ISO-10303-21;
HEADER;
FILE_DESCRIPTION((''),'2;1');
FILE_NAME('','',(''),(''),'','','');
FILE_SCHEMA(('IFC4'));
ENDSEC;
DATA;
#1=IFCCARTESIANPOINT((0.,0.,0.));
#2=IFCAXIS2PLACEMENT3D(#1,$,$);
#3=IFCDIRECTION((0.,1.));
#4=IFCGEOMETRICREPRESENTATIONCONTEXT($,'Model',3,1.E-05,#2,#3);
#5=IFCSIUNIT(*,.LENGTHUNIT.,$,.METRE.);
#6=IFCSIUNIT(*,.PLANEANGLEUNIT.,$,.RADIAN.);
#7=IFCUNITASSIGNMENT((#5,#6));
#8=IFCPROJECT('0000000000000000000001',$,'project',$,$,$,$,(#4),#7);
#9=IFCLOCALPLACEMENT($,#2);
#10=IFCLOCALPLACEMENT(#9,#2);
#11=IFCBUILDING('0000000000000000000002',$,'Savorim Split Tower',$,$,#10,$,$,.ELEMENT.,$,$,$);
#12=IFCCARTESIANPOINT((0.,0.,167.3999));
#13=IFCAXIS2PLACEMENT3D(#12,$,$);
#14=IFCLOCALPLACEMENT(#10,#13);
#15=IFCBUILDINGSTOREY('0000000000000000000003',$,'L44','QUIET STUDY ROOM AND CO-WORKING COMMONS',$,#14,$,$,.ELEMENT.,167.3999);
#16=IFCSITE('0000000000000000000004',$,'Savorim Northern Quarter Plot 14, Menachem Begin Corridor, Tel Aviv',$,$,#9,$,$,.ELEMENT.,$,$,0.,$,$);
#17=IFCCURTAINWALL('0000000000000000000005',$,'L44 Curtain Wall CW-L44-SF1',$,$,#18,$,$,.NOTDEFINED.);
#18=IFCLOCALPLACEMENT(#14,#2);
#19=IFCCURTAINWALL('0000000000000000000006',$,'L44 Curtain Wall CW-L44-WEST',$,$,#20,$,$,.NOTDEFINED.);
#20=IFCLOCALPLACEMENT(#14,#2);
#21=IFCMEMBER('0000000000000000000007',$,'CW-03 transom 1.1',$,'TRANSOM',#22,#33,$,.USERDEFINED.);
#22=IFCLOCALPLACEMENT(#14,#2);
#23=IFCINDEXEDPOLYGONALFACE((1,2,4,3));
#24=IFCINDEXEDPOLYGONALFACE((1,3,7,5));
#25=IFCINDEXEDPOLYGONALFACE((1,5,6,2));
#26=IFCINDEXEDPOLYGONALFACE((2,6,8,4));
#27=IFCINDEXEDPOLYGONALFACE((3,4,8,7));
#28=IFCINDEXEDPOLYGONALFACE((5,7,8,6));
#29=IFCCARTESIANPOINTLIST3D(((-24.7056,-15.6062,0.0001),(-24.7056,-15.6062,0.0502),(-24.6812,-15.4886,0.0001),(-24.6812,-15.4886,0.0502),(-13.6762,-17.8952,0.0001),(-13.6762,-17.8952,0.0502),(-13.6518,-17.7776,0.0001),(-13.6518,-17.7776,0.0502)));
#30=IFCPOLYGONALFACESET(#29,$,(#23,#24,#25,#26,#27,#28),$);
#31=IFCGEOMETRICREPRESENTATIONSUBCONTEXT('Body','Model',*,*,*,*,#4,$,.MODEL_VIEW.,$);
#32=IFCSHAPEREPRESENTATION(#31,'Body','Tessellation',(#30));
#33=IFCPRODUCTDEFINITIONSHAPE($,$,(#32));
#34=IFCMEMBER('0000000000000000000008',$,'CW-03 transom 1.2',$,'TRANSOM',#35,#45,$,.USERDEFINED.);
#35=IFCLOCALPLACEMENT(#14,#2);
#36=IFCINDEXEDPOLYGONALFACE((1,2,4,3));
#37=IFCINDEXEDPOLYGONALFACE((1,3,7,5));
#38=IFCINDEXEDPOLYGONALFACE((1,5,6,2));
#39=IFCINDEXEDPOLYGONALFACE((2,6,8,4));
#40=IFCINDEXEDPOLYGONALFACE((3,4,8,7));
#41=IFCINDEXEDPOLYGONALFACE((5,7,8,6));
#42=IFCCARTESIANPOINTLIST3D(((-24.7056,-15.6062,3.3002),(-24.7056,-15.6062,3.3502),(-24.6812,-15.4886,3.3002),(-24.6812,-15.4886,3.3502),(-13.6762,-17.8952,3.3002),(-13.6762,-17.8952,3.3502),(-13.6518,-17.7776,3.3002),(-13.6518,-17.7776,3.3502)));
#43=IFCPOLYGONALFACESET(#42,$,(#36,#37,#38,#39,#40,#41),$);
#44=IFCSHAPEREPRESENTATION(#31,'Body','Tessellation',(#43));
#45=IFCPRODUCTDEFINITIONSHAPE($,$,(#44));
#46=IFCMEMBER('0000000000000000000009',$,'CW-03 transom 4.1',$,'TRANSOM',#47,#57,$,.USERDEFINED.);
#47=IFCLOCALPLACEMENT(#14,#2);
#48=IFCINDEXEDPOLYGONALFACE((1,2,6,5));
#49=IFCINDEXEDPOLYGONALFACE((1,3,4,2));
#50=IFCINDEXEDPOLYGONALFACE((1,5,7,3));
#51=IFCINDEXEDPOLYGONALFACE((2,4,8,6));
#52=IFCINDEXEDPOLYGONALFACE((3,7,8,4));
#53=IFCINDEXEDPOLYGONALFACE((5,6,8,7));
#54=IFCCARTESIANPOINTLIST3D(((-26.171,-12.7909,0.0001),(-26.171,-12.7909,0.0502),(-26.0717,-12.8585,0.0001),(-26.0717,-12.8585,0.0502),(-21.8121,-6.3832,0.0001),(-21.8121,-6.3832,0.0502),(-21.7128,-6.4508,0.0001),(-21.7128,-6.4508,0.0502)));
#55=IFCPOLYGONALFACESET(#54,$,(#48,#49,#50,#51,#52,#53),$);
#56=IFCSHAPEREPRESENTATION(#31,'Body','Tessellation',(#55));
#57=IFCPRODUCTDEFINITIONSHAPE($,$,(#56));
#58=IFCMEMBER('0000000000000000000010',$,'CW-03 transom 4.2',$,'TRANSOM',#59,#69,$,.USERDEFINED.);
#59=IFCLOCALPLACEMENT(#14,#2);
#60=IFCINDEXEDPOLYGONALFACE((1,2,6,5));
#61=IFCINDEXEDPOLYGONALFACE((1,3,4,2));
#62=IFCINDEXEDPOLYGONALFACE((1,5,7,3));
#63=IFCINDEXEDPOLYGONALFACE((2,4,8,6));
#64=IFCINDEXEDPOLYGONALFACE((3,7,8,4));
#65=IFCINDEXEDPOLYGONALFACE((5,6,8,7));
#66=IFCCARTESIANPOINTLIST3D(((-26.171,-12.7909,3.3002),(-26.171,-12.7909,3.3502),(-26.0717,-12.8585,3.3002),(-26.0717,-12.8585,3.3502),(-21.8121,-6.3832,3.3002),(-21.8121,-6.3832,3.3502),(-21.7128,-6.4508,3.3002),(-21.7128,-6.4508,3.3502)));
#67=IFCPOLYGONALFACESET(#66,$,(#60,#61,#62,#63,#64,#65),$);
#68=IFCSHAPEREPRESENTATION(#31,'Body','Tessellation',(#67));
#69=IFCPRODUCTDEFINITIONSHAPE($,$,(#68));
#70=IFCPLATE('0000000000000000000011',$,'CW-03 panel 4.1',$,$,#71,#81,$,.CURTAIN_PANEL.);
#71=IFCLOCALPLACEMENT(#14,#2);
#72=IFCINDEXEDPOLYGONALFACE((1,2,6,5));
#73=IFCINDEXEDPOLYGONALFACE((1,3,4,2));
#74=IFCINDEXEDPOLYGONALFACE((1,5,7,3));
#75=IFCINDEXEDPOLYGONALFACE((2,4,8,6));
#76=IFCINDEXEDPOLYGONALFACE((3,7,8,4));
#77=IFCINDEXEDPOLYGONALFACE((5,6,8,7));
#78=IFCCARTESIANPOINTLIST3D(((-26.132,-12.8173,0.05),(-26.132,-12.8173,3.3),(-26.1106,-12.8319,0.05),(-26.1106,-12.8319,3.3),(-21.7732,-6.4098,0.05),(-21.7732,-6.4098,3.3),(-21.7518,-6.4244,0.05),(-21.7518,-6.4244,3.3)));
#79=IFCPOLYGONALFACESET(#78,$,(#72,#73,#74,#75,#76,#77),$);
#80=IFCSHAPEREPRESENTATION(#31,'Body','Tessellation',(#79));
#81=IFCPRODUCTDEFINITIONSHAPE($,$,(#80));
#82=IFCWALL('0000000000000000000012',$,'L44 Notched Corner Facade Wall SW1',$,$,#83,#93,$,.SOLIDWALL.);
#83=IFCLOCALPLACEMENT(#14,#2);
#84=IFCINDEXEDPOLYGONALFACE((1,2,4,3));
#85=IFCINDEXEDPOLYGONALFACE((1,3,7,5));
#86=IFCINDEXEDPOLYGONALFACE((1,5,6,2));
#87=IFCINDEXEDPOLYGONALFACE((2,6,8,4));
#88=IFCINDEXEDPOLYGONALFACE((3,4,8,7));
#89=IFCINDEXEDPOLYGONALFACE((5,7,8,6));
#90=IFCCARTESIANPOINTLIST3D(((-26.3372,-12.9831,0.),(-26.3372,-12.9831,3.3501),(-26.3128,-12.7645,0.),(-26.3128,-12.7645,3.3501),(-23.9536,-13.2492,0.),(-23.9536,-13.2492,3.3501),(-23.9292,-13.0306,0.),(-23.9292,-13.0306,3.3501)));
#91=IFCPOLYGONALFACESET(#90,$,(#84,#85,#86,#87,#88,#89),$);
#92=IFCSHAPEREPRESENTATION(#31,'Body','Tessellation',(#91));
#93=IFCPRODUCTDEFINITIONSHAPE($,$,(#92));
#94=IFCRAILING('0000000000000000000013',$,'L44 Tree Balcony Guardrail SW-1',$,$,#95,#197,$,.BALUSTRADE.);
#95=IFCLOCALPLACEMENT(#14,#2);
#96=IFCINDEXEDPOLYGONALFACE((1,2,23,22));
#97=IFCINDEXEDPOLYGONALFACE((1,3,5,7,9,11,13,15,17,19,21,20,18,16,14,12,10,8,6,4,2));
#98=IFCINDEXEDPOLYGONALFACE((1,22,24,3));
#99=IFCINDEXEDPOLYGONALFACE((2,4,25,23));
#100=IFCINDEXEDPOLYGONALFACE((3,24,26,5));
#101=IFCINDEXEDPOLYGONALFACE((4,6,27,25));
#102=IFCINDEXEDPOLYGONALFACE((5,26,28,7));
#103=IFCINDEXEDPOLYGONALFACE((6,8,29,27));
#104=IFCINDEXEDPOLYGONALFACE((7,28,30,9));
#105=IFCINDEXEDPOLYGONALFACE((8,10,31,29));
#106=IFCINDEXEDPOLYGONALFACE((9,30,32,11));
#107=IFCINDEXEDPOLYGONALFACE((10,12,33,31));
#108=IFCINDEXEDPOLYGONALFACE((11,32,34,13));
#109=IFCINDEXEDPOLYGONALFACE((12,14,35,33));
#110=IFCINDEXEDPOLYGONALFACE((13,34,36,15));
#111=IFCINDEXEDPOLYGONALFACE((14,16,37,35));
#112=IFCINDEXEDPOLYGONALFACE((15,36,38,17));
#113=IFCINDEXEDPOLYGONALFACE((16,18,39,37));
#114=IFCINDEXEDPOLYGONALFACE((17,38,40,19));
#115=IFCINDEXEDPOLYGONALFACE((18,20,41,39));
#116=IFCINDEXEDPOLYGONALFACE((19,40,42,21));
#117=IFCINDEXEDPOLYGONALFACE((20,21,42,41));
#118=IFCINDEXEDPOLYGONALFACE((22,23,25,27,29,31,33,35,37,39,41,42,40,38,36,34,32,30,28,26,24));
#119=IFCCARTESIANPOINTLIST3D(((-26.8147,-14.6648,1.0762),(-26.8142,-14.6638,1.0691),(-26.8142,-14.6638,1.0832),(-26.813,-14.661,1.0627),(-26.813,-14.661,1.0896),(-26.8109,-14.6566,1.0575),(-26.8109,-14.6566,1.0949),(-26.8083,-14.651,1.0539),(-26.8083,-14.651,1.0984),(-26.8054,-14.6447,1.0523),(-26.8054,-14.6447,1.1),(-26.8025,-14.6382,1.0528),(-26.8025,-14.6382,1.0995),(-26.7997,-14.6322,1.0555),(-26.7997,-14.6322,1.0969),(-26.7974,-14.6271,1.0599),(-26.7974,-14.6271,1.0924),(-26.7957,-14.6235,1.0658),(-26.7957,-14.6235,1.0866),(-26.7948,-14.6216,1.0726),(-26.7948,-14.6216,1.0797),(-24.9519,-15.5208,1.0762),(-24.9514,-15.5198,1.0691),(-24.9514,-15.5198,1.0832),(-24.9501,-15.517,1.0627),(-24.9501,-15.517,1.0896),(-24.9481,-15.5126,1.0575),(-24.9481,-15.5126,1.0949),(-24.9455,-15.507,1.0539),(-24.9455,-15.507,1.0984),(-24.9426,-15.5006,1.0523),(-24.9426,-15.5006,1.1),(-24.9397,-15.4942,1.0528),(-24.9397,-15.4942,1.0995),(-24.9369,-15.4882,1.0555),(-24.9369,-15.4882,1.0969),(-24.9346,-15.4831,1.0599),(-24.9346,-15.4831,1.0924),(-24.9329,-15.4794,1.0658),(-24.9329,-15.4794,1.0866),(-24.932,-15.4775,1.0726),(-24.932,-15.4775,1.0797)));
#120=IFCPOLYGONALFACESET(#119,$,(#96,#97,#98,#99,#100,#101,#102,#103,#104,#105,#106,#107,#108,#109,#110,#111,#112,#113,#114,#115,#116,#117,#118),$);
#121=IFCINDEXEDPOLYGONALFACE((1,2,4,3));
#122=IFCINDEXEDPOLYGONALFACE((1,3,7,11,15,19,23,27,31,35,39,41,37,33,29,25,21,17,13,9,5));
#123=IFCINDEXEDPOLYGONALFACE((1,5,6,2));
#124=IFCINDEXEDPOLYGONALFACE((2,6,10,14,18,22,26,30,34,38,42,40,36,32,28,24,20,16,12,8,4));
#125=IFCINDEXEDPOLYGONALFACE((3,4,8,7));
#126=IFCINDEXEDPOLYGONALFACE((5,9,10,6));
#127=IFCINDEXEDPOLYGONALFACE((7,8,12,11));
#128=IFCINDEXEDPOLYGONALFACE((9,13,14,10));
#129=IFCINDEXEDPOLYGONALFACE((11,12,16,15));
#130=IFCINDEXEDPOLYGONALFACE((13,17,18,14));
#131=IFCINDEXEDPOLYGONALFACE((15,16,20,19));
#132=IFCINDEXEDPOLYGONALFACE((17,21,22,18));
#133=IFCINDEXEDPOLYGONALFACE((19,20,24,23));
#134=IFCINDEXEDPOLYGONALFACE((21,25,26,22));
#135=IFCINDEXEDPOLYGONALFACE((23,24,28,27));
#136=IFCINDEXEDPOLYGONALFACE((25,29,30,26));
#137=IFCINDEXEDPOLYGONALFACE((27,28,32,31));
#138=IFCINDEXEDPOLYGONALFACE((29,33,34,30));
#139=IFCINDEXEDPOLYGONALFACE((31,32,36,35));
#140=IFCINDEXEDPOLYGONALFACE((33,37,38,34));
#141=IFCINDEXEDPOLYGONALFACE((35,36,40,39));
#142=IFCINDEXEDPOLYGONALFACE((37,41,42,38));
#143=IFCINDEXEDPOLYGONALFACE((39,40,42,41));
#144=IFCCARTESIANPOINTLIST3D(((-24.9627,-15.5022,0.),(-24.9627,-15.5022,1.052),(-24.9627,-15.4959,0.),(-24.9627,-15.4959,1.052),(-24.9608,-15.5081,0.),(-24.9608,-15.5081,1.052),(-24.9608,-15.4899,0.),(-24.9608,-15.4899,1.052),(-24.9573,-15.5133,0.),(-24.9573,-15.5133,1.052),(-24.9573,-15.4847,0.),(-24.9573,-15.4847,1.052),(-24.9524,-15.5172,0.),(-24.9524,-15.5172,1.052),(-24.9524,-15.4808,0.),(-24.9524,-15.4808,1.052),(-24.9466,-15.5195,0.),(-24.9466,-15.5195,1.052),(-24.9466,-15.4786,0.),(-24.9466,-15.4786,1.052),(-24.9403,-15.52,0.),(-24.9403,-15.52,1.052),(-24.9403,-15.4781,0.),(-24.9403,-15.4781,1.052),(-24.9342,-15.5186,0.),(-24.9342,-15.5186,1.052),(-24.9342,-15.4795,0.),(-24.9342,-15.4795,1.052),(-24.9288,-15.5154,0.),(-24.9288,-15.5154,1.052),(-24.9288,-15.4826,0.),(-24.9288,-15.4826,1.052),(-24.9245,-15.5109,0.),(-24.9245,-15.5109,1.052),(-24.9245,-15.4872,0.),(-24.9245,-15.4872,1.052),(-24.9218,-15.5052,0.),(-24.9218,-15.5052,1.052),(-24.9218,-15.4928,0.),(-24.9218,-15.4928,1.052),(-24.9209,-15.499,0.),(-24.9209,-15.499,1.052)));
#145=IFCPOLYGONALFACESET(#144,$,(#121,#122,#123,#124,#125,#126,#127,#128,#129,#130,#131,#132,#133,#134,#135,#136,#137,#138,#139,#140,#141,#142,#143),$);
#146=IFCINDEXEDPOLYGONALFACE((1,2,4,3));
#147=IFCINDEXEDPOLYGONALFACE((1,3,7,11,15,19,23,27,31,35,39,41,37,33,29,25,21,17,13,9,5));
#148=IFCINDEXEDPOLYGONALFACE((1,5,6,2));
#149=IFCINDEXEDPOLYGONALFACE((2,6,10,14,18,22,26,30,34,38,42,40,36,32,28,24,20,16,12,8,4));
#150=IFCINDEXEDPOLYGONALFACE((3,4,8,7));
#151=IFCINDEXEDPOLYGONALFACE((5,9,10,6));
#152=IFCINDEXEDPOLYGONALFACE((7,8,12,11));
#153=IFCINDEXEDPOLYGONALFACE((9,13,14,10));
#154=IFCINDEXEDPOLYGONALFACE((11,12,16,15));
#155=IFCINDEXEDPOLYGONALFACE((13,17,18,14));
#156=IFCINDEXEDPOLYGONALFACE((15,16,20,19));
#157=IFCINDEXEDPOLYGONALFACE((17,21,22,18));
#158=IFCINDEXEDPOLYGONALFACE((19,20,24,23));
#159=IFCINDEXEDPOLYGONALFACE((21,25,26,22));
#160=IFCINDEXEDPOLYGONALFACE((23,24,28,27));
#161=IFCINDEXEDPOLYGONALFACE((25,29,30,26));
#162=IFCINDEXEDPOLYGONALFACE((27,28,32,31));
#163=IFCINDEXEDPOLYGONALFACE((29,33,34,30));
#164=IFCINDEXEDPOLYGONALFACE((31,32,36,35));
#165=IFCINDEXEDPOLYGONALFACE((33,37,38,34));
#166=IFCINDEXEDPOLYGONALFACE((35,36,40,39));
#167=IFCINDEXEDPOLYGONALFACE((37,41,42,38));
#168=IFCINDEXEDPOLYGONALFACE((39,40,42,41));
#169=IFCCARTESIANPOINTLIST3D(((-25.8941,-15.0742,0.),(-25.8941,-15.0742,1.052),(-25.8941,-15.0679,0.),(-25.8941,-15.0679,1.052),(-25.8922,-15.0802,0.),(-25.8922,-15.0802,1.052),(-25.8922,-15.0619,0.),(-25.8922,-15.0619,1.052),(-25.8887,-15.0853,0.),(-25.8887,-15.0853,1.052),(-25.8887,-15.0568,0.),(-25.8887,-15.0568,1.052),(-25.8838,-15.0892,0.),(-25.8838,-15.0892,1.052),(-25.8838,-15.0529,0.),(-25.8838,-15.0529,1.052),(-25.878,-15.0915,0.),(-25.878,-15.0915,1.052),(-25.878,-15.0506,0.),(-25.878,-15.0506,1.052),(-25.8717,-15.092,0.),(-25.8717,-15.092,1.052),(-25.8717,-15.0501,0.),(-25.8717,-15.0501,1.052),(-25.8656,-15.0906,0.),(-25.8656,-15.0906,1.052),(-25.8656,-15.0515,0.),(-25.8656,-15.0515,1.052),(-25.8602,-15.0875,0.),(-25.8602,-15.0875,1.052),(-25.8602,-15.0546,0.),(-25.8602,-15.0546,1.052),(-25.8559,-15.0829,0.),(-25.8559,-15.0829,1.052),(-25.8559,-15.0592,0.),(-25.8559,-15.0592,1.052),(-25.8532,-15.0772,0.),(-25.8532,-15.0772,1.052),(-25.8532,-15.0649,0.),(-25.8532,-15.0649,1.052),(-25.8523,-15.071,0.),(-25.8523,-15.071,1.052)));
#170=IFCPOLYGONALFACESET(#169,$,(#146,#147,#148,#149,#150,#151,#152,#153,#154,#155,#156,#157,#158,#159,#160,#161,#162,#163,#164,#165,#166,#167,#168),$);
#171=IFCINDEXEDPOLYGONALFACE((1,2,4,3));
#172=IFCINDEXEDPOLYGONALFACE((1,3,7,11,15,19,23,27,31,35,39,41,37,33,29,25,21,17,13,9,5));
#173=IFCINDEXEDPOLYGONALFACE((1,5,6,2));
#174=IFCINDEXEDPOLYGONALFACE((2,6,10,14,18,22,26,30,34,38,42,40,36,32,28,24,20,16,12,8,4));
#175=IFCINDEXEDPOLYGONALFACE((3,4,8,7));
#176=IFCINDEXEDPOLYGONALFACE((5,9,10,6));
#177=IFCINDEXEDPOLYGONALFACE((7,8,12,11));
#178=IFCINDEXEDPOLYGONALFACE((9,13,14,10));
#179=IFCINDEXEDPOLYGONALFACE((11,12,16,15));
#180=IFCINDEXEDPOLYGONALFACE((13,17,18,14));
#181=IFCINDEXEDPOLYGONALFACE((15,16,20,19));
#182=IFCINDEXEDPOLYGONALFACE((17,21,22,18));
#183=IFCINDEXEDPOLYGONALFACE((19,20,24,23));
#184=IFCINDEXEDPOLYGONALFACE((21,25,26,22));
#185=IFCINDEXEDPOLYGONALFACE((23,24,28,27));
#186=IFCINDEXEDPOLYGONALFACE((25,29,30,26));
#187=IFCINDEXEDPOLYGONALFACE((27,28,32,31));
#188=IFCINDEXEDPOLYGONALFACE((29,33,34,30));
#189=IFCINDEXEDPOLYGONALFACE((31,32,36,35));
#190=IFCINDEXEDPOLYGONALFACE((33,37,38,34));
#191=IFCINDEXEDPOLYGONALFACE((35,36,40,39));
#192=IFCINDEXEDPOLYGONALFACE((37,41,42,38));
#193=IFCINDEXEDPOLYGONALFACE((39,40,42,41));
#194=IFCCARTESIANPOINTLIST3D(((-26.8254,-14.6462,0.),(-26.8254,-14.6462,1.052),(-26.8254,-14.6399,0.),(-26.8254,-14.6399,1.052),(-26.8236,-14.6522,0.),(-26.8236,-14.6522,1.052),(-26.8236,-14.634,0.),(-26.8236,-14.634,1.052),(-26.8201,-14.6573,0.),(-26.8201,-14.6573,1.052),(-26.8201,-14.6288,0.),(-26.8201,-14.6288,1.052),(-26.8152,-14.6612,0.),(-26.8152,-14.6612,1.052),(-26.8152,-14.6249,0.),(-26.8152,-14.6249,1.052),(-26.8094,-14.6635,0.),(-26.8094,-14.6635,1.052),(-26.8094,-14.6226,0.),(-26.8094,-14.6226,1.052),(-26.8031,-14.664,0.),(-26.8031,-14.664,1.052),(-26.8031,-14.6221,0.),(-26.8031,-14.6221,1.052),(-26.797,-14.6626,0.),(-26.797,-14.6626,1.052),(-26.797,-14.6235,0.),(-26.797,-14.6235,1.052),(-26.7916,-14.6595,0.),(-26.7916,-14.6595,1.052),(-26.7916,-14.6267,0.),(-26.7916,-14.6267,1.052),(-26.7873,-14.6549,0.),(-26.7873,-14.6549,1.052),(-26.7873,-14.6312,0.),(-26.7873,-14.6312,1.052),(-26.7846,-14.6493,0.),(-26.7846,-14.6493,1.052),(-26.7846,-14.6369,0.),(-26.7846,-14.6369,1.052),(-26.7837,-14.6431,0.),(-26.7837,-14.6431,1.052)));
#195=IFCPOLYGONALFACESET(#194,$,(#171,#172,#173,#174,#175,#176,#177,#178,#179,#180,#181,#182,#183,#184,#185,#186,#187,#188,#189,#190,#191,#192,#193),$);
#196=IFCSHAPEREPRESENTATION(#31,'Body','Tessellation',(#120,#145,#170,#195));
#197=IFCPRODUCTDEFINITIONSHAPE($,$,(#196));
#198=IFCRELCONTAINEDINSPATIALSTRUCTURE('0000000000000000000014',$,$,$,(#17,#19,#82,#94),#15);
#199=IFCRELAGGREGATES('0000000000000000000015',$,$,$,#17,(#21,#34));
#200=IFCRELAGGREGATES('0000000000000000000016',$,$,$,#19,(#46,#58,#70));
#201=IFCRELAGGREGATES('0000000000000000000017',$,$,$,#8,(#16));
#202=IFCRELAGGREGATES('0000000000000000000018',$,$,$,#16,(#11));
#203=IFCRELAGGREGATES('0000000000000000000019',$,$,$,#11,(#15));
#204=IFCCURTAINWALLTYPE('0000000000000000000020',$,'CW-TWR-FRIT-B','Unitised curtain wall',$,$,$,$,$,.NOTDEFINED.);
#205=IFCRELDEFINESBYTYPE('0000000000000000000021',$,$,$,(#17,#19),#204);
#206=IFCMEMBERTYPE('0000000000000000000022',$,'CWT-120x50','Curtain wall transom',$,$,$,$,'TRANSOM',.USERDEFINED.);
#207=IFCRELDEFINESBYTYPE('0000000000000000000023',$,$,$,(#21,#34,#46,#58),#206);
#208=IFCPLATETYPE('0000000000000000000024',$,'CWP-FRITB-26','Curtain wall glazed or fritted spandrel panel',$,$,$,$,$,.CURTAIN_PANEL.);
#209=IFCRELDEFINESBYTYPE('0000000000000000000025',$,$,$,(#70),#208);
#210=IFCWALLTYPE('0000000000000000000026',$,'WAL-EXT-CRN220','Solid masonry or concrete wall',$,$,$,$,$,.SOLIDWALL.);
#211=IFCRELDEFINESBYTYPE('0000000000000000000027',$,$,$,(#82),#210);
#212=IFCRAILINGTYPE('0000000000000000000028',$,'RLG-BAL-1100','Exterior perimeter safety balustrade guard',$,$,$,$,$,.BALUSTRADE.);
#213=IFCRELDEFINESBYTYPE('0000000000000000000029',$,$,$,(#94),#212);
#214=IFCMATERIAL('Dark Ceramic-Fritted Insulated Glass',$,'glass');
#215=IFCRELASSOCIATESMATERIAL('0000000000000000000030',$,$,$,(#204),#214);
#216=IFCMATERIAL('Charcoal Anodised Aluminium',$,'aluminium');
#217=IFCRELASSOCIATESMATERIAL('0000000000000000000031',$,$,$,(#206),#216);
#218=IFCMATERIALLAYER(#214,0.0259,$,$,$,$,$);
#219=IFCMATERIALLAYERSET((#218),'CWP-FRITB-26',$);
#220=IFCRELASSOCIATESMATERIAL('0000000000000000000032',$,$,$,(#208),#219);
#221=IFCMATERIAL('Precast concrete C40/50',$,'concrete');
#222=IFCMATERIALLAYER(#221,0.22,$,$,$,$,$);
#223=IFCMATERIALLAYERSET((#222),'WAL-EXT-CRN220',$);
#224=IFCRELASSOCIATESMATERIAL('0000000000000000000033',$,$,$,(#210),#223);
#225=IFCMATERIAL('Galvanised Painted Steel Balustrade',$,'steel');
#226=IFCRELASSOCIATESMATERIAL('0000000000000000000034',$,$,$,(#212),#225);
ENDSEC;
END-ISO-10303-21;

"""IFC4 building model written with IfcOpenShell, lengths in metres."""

from ifc_helpers import new_model, si_unit, direction, frame, frame_2d, origin, origin_2d, place, context, subcontext, project, spatial, rectangle, circle, extrude, material, layer, layer_set, material_profile, profile_set, type_object, element, aggregate, save


model = new_model("IFC4")

# Units and contexts
model_context = context("Model", 3, precision=1e-05, world=origin(), true_north=direction((0.0, 1.0)))
body_context = subcontext(model_context, "Body", "Model", "MODEL_VIEW")
ifc_project = project(units=[si_unit("LENGTHUNIT", "METRE"), si_unit("PLANEANGLEUNIT", "RADIAN")], contexts=[model_context])

# Site, building, storey
site_placement = place(None, origin())
site = spatial("IfcSite", under=ifc_project, at=site_placement, Name="Savorim Northern Quarter Plot 14, Menachem Begin Corridor, Tel Aviv", CompositionType="ELEMENT", RefElevation=0.0)
building_placement = place(site_placement, origin())
building = spatial("IfcBuilding", under=site, at=building_placement, Name="Savorim Split Tower", CompositionType="ELEMENT")
storey_placement = place(building_placement, frame((0.0, 0.0, 167.3999)))
storey = spatial("IfcBuildingStorey", under=building, at=storey_placement, Name="L44", Description="QUIET STUDY ROOM AND CO-WORKING COMMONS", CompositionType="ELEMENT", Elevation=167.3999)

# Curtain wall
ifc_material_1 = material(Name="Dark Ceramic-Fritted Insulated Glass", Category="glass")
curtain_wall_type = type_object("IfcCurtainWallType", Name="CW-TWR-FRIT-B", Description="Unitised curtain wall", PredefinedType="NOTDEFINED", material=ifc_material_1)
curtain_wall_1_placement = place(storey_placement, origin())
curtain_wall_1 = element("IfcCurtainWall", 1, at=curtain_wall_1_placement, inside=storey, type_object=curtain_wall_type, Name="L44 Curtain Wall CW-L44-SF1", PredefinedType="NOTDEFINED")
ifc_material_2 = material(Name="Charcoal Anodised Aluminium", Category="aluminium")

# Curtain wall
curtain_wall_2_placement = place(storey_placement, origin())
curtain_wall_2 = element("IfcCurtainWall", 2, at=curtain_wall_2_placement, inside=storey, type_object=curtain_wall_type, Name="L44 Curtain Wall CW-L44-WEST", PredefinedType="NOTDEFINED")

# Members
ifc_material_profile_1 = material_profile(ifc_material_2, rectangle(XDim=0.1201, YDim=0.05, at=origin_2d()), Name="ALU-T 120x50")
ifc_profile_set_1 = profile_set([ifc_material_profile_1], Name="Charcoal Anodised Aluminium")
member_type_1 = type_object("IfcMemberType", Name="CWT-120x50", Description="Curtain wall transom", ElementType="TRANSOM", PredefinedType="USERDEFINED", material=ifc_profile_set_1)
member_1_placement = place(storey_placement, frame((-24.6934, -15.5474, 0.0251), z_axis=(0.979134, -0.203213, 0.0), x_axis=(0.203213, 0.979134, 0.0)))
member_1 = element("IfcMember", 3, at=member_1_placement, type_object=member_type_1, Name="CW-03 transom 1.1", ObjectType="TRANSOM", PredefinedType="USERDEFINED", context=body_context, shape_type="SweptSolid", body=[
    extrude(rectangle(XDim=0.1201, YDim=0.05, at=origin_2d()), origin(), (0.0, 0.0, 1.0), 11.2644),
])
member_2_placement = place(storey_placement, frame((-24.6934, -15.5474, 3.3252), z_axis=(0.979134, -0.203213, 0.0), x_axis=(0.203213, 0.979134, 0.0)))
member_2 = element("IfcMember", 4, at=member_2_placement, type_object=member_type_1, Name="CW-03 transom 1.2", ObjectType="TRANSOM", PredefinedType="USERDEFINED", context=body_context, shape_type="SweptSolid", body=[
    extrude(rectangle(XDim=0.1201, YDim=0.05, at=origin_2d()), origin(), (0.0, 0.0, 1.0), 11.2644),
])
aggregate(curtain_wall_1, [member_1, member_2])
member_3_placement = place(storey_placement, frame((-21.7625, -6.417, 0.0251), z_axis=(-0.562455, -0.826828, 0.0), x_axis=(0.826828, -0.562455, 0.0)))
member_3 = element("IfcMember", 5, at=member_3_placement, type_object=member_type_1, Name="CW-03 transom 4.1", ObjectType="TRANSOM", PredefinedType="USERDEFINED", context=body_context, shape_type="SweptSolid", body=[
    extrude(rectangle(XDim=0.1201, YDim=0.05, at=origin_2d()), origin(), (0.0, 0.0, 1.0), 7.7498),
])
member_4_placement = place(storey_placement, frame((-21.7625, -6.417, 3.3252), z_axis=(-0.562455, -0.826828, 0.0), x_axis=(0.826828, -0.562455, 0.0)))
member_4 = element("IfcMember", 6, at=member_4_placement, type_object=member_type_1, Name="CW-03 transom 4.2", ObjectType="TRANSOM", PredefinedType="USERDEFINED", context=body_context, shape_type="SweptSolid", body=[
    extrude(rectangle(XDim=0.1201, YDim=0.05, at=origin_2d()), origin(), (0.0, 0.0, 1.0), 7.7498),
])

# Plate
ifc_layer_1 = layer(ifc_material_1, 0.0259)
ifc_layer_set_1 = layer_set([ifc_layer_1], Name="CWP-FRITB-26")
plate_type = type_object("IfcPlateType", Name="CWP-FRITB-26", Description="Curtain wall glazed or fritted spandrel panel", PredefinedType="CURTAIN_PANEL", material=ifc_layer_set_1)
plate_placement = place(storey_placement, frame((-23.9419, -9.6208, 0.05), z_axis=(0.0, 0.0, 1.0), x_axis=(-0.562468, -0.826819, 0.0)))
plate = element("IfcPlate", 7, at=plate_placement, type_object=plate_type, Name="CW-03 panel 4.1", PredefinedType="CURTAIN_PANEL", context=body_context, shape_type="SweptSolid", body=[
    extrude(rectangle(XDim=7.7495, YDim=0.0259, at=origin_2d()), origin(), (0.0, 0.0, 1.0), 3.25),
])
aggregate(curtain_wall_2, [member_3, member_4, plate])

# Wall
ifc_material_3 = material(Name="Precast concrete C40/50", Category="concrete")
ifc_layer_2 = layer(ifc_material_3, 0.22)
ifc_layer_set_2 = layer_set([ifc_layer_2], Name="WAL-EXT-CRN220")
wall_type = type_object("IfcWallType", Name="WAL-EXT-CRN220", Description="Solid masonry or concrete wall", PredefinedType="SOLIDWALL", material=ifc_layer_set_2)
wall_1_placement = place(storey_placement, frame((-23.9414, -13.1399, 0.0), z_axis=(0.0, 0.0, 1.0), x_axis=(-0.993825, 0.110957, 0.0)))
element("IfcWall", 8, at=wall_1_placement, inside=storey, type_object=wall_type, Name="L44 Notched Corner Facade Wall SW1", PredefinedType="SOLIDWALL", context=body_context, shape_type="SweptSolid", body=[
    extrude(rectangle(XDim=2.3984, YDim=0.22, at=frame_2d((1.1992, 0.0))), origin(), (0.0, 0.0, 1.0), 3.3501),
])

# Railing
ifc_material_4 = material(Name="Galvanised Painted Steel Balustrade", Category="steel")
railing_type = type_object("IfcRailingType", Name="RLG-BAL-1100", Description="Exterior perimeter safety balustrade guard", PredefinedType="BALUSTRADE", material=ifc_material_4)
railing_1_placement = place(storey_placement, frame((-24.9419, -15.499, 0.0)))
element("IfcRailing", 9, at=railing_1_placement, inside=storey, type_object=railing_type, Name="L44 Tree Balcony Guardrail SW-1", PredefinedType="BALUSTRADE", context=body_context, shape_type="SweptSolid", body=[
    extrude(circle(Radius=0.0239, at=origin_2d()), frame((0.0, 0.0, 1.0762), z_axis=(-0.908662, 0.417532, 0.0), x_axis=(-0.417532, -0.908662, 0.0)), (0.0, 0.0, 1.0), 2.05),
    extrude(circle(Radius=0.021, at=origin_2d()), origin(), (0.0, 0.0, 1.0), 1.052),
    extrude(circle(Radius=0.021, at=origin_2d()), frame((-0.9314, 0.428, 0.0)), (0.0, 0.0, 1.0), 1.052),
    extrude(circle(Radius=0.021, at=origin_2d()), frame((-1.8628, 0.856, 0.0)), (0.0, 0.0, 1.0), 1.052),
])

save(model, "model.ifc")
